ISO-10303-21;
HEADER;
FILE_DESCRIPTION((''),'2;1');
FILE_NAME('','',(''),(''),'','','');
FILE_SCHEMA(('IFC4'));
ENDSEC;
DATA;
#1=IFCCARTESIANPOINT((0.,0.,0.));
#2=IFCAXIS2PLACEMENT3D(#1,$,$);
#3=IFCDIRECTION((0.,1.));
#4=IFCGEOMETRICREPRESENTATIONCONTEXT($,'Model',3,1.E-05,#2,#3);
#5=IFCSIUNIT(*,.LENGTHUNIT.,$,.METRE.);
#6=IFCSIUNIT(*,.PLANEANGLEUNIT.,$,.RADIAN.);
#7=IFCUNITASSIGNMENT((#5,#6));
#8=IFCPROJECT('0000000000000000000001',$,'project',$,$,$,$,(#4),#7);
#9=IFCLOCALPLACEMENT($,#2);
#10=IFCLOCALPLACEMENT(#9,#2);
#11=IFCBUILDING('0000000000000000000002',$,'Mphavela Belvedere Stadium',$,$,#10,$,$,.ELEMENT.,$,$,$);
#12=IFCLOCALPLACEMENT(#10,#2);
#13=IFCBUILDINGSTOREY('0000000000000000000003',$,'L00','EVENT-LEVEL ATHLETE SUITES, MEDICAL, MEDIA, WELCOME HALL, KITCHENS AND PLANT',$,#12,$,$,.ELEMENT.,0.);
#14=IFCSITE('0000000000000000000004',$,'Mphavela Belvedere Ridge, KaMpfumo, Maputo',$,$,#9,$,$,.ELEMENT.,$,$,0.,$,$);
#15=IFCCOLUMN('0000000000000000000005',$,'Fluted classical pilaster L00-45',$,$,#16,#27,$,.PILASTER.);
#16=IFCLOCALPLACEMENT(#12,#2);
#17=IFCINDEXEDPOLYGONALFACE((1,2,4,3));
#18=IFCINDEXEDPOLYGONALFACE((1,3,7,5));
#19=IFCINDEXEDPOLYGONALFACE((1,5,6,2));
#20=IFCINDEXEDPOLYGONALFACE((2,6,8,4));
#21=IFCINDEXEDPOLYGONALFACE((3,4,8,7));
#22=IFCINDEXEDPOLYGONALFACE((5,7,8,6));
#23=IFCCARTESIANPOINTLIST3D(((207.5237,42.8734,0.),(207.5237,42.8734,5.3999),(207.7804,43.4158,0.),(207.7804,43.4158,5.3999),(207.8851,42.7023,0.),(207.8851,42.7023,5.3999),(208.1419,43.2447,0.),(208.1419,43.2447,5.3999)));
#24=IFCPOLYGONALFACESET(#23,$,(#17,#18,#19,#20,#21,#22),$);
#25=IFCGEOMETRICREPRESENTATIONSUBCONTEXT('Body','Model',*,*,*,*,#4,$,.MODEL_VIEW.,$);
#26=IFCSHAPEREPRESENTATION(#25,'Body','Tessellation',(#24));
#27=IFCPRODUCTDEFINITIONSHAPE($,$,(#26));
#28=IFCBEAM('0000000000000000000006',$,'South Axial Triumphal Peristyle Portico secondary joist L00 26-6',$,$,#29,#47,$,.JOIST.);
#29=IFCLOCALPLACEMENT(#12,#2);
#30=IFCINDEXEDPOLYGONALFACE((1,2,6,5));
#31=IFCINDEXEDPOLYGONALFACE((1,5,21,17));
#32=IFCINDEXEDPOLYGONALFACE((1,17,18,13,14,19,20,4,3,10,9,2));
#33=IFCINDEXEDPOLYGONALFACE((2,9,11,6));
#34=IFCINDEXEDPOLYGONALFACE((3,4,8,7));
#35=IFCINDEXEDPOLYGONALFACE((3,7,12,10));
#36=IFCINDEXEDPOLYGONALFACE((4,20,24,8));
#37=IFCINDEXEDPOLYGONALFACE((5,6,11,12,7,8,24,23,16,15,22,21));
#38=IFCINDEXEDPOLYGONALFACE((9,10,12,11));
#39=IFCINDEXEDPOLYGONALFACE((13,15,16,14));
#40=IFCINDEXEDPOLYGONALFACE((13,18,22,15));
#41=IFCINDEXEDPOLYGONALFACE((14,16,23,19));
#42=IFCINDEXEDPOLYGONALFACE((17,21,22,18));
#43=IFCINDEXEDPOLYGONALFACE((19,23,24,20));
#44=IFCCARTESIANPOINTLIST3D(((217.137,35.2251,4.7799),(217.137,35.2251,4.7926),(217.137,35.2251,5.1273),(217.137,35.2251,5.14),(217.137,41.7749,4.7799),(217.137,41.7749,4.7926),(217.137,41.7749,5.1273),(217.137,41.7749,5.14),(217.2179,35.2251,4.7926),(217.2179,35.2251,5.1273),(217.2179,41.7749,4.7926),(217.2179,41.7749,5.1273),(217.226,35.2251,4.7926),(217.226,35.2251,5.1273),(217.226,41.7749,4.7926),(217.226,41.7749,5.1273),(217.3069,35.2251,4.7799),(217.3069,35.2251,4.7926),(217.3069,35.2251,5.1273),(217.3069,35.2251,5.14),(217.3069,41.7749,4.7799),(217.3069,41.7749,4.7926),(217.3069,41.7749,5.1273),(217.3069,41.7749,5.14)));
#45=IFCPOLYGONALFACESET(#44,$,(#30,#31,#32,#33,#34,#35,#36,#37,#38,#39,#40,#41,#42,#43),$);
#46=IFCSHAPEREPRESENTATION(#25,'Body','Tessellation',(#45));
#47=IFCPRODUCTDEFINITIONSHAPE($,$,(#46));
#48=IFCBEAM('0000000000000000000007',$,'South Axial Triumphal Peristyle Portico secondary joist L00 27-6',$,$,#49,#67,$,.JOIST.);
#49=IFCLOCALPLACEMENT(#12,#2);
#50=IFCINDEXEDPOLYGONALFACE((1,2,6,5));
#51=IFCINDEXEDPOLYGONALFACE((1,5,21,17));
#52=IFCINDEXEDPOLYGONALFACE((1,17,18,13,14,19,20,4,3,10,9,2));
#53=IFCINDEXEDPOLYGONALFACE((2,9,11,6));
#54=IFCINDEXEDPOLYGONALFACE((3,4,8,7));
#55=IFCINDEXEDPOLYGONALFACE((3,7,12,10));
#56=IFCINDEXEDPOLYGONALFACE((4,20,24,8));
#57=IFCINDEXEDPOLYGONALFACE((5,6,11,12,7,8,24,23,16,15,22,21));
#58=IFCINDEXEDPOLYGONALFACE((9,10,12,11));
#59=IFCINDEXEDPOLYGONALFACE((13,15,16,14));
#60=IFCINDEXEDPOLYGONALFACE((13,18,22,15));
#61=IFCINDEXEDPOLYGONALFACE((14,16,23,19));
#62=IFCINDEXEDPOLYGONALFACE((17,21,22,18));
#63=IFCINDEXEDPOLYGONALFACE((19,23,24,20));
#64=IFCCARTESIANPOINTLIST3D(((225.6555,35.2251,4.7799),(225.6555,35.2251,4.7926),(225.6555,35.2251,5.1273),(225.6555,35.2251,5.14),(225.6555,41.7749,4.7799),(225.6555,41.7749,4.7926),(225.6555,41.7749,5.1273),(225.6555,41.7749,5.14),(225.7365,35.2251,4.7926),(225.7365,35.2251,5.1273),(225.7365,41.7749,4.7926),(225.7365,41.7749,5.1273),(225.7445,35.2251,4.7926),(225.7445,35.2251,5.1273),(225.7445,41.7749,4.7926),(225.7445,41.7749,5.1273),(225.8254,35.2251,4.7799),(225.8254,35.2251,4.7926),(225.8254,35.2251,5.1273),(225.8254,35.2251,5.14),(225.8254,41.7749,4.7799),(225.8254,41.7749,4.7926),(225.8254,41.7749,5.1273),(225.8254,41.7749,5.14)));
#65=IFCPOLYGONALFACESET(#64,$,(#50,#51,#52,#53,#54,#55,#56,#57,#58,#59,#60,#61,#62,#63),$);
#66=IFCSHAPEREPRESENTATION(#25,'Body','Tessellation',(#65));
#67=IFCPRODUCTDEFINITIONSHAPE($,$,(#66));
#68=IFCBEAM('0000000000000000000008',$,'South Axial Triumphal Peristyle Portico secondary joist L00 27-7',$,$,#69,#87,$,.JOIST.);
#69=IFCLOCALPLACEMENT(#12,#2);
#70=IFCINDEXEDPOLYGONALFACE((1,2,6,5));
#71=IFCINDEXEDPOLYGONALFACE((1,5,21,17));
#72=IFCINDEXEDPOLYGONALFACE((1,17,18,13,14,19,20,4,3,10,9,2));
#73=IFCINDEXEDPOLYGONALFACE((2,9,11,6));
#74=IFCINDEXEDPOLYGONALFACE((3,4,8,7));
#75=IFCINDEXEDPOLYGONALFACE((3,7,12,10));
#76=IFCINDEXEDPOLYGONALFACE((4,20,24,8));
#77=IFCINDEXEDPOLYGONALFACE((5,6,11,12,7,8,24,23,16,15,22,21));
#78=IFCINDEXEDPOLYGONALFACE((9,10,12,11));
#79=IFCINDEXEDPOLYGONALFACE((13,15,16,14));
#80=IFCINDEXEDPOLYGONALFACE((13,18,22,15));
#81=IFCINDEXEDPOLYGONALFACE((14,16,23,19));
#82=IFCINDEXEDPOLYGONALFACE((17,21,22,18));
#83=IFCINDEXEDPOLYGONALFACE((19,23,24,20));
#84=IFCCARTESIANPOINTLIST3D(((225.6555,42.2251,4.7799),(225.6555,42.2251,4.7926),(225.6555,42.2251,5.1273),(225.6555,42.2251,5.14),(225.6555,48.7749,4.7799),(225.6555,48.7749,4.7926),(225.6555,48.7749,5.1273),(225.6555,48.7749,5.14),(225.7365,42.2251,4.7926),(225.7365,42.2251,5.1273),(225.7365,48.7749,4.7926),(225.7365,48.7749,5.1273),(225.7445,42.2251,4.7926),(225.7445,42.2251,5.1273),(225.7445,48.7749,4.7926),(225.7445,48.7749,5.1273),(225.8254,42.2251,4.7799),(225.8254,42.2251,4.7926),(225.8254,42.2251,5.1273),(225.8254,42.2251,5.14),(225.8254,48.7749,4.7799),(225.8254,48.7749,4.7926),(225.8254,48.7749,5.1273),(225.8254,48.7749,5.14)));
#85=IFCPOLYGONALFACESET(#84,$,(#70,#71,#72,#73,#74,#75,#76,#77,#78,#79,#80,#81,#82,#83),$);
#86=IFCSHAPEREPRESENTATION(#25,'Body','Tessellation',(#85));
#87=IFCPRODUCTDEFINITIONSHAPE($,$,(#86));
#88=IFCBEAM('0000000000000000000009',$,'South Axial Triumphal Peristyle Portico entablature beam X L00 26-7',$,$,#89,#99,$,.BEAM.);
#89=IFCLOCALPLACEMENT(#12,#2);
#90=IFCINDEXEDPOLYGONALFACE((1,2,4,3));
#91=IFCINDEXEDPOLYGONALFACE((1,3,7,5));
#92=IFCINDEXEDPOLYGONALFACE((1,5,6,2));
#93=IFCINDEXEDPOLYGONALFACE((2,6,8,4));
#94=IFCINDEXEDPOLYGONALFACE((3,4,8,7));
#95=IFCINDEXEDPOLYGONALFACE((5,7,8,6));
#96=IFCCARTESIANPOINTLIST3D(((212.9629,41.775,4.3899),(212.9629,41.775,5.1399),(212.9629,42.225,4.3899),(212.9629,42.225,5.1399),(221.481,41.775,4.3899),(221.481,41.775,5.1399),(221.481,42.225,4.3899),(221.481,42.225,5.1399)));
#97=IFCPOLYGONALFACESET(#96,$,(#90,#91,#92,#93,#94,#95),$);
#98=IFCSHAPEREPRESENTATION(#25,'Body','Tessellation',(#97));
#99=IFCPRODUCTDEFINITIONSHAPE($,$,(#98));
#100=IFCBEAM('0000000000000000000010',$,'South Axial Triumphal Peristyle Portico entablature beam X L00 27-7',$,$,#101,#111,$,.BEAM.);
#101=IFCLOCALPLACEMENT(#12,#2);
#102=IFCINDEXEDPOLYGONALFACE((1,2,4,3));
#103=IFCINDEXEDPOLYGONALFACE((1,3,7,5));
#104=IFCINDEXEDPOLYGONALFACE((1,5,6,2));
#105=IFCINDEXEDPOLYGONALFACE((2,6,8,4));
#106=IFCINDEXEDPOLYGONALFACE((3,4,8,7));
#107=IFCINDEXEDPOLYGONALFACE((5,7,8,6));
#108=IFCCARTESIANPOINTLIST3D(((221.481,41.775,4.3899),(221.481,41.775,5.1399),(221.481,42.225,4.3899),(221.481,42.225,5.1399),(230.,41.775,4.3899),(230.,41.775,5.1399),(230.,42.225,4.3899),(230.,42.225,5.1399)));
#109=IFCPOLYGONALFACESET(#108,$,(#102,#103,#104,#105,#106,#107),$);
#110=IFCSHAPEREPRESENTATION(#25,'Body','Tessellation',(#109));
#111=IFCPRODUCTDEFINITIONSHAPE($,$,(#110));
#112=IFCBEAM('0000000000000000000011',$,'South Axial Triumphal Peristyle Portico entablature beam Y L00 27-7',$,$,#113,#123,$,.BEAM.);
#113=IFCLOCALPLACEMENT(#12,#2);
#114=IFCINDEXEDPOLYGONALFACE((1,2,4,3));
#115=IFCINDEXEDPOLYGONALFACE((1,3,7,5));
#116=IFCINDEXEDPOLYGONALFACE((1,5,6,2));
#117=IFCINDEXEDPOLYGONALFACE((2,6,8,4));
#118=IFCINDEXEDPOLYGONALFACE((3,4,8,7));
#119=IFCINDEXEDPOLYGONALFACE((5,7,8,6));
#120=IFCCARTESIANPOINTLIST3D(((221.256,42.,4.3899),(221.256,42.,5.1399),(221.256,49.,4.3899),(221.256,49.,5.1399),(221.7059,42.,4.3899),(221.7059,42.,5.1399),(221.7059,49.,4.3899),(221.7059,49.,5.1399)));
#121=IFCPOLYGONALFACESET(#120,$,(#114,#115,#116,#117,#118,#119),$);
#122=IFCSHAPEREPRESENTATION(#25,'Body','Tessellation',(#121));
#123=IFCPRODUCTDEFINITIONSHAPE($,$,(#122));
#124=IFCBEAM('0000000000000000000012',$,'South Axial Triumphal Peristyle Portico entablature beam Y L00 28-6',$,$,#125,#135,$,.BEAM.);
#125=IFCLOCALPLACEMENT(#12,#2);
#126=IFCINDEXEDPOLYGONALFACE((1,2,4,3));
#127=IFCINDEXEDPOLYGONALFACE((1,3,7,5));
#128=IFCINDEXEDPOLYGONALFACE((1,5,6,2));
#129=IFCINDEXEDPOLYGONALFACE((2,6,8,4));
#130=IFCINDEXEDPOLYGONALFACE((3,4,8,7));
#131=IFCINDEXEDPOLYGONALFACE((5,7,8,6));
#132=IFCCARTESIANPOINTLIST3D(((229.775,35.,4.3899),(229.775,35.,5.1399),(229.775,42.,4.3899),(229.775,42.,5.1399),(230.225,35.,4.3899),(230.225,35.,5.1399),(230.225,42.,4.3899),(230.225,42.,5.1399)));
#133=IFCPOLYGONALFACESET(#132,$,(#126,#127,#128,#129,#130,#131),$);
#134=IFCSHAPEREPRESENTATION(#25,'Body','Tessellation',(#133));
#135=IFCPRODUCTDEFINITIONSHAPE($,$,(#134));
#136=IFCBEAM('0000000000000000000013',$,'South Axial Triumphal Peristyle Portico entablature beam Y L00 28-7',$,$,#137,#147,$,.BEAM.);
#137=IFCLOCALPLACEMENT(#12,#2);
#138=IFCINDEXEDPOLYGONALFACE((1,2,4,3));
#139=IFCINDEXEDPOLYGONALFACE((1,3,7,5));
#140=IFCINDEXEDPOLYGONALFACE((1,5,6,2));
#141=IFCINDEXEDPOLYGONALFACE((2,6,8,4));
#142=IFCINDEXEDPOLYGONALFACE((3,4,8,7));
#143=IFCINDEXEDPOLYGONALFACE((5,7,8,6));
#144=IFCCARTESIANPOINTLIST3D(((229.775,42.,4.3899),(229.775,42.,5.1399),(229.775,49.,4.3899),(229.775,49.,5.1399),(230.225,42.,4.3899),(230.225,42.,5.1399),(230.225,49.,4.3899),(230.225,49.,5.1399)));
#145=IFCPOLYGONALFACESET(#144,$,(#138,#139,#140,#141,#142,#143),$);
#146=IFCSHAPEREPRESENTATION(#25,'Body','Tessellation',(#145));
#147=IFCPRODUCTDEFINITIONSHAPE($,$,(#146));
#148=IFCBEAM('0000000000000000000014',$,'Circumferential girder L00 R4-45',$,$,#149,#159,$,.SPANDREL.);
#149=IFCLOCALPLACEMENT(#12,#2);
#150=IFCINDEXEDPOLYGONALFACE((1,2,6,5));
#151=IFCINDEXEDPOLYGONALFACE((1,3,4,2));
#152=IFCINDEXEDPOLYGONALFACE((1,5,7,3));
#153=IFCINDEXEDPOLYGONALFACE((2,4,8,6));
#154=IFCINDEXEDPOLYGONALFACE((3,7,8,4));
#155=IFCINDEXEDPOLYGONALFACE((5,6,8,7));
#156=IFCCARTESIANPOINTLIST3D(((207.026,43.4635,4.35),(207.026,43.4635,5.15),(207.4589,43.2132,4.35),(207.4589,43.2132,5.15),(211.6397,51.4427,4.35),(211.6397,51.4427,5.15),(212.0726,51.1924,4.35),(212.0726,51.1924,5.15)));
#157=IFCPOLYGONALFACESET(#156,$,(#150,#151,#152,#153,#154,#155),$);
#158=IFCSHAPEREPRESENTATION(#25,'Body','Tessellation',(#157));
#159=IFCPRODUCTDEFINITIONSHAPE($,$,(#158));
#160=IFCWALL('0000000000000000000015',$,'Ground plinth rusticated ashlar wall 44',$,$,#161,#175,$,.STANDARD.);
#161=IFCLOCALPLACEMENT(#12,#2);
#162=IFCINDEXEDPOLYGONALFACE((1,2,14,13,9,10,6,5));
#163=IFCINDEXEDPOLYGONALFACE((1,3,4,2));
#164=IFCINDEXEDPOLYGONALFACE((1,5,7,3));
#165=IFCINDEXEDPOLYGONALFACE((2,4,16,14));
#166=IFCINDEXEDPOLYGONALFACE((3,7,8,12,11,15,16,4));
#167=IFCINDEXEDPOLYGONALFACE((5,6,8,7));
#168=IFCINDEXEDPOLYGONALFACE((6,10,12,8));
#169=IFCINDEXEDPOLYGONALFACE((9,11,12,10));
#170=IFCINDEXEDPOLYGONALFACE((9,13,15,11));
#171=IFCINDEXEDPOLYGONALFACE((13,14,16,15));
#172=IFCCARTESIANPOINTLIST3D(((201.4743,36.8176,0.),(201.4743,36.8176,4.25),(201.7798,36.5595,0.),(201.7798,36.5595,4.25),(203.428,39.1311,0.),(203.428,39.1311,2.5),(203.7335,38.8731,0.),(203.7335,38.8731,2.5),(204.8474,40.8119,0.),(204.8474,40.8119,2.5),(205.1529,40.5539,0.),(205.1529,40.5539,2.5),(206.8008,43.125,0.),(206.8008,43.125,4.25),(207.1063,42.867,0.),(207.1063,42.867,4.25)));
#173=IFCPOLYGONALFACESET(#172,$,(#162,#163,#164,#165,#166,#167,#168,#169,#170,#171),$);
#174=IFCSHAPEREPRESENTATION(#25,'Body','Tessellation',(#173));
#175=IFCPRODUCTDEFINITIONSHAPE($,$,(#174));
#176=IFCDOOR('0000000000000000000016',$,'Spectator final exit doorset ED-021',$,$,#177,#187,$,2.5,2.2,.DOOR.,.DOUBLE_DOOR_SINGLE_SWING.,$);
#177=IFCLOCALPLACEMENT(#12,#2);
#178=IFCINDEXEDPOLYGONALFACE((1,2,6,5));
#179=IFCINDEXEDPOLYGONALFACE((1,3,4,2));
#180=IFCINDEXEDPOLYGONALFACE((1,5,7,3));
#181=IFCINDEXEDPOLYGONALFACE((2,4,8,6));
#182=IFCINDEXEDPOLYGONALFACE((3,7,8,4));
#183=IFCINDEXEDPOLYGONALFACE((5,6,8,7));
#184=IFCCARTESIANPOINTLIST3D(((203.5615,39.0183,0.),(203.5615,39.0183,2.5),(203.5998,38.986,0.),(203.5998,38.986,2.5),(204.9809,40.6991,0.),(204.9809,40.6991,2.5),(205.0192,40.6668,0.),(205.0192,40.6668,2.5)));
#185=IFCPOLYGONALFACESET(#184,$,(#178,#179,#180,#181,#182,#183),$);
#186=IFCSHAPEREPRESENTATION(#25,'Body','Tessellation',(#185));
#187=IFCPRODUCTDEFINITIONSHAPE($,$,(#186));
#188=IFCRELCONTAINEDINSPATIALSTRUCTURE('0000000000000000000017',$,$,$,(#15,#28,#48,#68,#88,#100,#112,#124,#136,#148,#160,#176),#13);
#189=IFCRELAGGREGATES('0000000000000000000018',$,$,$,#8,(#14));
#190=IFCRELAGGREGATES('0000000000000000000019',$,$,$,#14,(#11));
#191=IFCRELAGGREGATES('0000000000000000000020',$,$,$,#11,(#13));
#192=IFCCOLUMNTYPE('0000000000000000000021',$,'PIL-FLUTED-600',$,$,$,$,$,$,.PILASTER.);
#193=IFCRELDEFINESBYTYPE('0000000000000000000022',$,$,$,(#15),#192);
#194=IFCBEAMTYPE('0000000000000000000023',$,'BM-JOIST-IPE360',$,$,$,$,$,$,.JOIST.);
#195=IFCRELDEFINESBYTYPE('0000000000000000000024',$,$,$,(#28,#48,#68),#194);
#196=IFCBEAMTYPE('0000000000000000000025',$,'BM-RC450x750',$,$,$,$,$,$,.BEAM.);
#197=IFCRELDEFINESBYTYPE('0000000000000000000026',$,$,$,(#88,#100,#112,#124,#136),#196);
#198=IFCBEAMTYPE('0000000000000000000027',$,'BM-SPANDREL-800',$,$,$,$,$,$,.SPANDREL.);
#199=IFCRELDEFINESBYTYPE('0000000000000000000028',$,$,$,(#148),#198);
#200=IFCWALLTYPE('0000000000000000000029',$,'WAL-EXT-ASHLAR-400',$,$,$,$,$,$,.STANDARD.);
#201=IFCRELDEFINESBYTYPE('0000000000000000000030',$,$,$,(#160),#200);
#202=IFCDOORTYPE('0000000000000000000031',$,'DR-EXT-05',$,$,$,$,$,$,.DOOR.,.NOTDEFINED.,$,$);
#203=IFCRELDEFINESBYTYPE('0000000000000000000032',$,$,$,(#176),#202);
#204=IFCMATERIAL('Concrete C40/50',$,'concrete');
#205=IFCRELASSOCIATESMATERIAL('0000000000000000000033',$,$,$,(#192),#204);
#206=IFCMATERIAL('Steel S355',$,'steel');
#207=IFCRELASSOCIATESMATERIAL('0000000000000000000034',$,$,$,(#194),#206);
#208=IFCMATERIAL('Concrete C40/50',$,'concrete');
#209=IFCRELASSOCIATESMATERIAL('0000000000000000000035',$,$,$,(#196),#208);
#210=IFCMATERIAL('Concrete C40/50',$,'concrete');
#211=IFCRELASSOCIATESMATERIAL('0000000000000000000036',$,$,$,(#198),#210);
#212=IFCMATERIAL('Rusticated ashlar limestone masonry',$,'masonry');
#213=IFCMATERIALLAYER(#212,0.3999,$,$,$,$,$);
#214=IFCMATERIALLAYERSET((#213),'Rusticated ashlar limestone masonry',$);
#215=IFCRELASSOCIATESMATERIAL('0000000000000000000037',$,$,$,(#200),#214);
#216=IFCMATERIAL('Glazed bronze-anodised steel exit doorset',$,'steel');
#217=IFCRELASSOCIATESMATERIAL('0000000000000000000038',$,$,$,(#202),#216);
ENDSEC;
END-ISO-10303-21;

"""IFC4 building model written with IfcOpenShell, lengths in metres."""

from ifc_helpers import new_model, si_unit, direction, frame, frame_2d, origin, origin_2d, place, context, subcontext, project, spatial, rectangle, i_section, extrude, material, layer, layer_set, material_profile, profile_set, type_object, element, fill, save


model = new_model("IFC4")

# Units and contexts
model_context = context("Model", 3, precision=1e-05, world=origin(), true_north=direction((0.0, 1.0)))
body_context = subcontext(model_context, "Body", "Model", "MODEL_VIEW")
ifc_project = project(units=[si_unit("LENGTHUNIT", "METRE"), si_unit("PLANEANGLEUNIT", "RADIAN")], contexts=[model_context])

# Site, building, storey
site_placement = place(None, origin())
site = spatial("IfcSite", under=ifc_project, at=site_placement, Name="Mphavela Belvedere Ridge, KaMpfumo, Maputo", CompositionType="ELEMENT", RefElevation=0.0)
building_placement = place(site_placement, origin())
building = spatial("IfcBuilding", under=site, at=building_placement, Name="Mphavela Belvedere Stadium", CompositionType="ELEMENT")
storey_placement = place(building_placement, origin())
storey = spatial("IfcBuildingStorey", under=building, at=storey_placement, Name="L00", Description="EVENT-LEVEL ATHLETE SUITES, MEDICAL, MEDIA, WELCOME HALL, KITCHENS AND PLANT", CompositionType="ELEMENT", Elevation=0.0)

# Column
ifc_material_1 = material(Name="Concrete C40/50", Category="concrete")
ifc_material_profile_1 = material_profile(ifc_material_1, rectangle(XDim=0.6001, YDim=0.3999, at=origin_2d()), Name="PIL 600x400")
ifc_profile_set_1 = profile_set([ifc_material_profile_1], Name="Concrete C40/50")
column_type_1 = type_object("IfcColumnType", Name="PIL-FLUTED-600", PredefinedType="PILASTER", material=ifc_profile_set_1)
column_1_placement = place(storey_placement, frame((207.8328, 43.0591, 0.0), z_axis=(0.0, 0.0, 1.0), x_axis=(0.427831, 0.903859, 0.0)))
element("IfcColumn", 1, at=column_1_placement, inside=storey, type_object=column_type_1, Name="Fluted classical pilaster L00-45", PredefinedType="PILASTER", context=body_context, shape_type="SweptSolid", body=[
    extrude(rectangle(XDim=0.6001, YDim=0.3999, at=origin_2d()), origin(), (0.0, 0.0, 1.0), 5.3999),
])

# Beams
ifc_material_2 = material(Name="Steel S355", Category="steel")
ifc_material_profile_2 = material_profile(ifc_material_2, i_section(OverallWidth=0.1699, OverallDepth=0.3601, WebThickness=0.0081, FlangeThickness=0.0127, at=origin_2d()), Name="IPE 360")
ifc_profile_set_2 = profile_set([ifc_material_profile_2], Name="Steel S355")
beam_type_1 = type_object("IfcBeamType", Name="BM-JOIST-IPE360", PredefinedType="JOIST", material=ifc_profile_set_2)
for number, where, z_axis, x_axis, name in (
    (2, (217.2219, 35.2251, 4.96), (0.0, 1.0, 0.0), (-1.0, 0.0, 0.0), "South Axial Triumphal Peristyle Portico secondary joist L00 26-6"),
    (3, (225.7405, 35.2251, 4.96), (0.0, 1.0, 0.0), (-1.0, 0.0, 0.0), "South Axial Triumphal Peristyle Portico secondary joist L00 27-6"),
    (4, (225.7405, 42.2251, 4.96), (0.0, 1.0, 0.0), (-1.0, 0.0, 0.0), "South Axial Triumphal Peristyle Portico secondary joist L00 27-7"),
):
    element("IfcBeam", number, at=place(storey_placement, frame(where, z_axis=z_axis, x_axis=x_axis)), inside=storey, type_object=beam_type_1, Name=name, PredefinedType="JOIST", context=body_context, shape_type="SweptSolid", body=[
        extrude(i_section(OverallWidth=0.1699, OverallDepth=0.3601, WebThickness=0.0081, FlangeThickness=0.0127, at=origin_2d()), origin(), (0.0, 0.0, 1.0), 6.5498),
    ])
ifc_material_3 = material(Name="Concrete C40/50", Category="concrete")
ifc_material_profile_3 = material_profile(ifc_material_3, rectangle(XDim=0.45, YDim=0.75, at=origin_2d()), Name="RC 450x750")
ifc_profile_set_3 = profile_set([ifc_material_profile_3], Name="Concrete C40/50")
beam_type_2 = type_object("IfcBeamType", Name="BM-RC450x750", PredefinedType="BEAM", material=ifc_profile_set_3)
beam_1_placement = place(storey_placement, frame((212.9629, 42.0, 4.7649), z_axis=(1.0, 0.0, 0.0), x_axis=(0.0, 1.0, 0.0)))
element("IfcBeam", 5, at=beam_1_placement, inside=storey, type_object=beam_type_2, Name="South Axial Triumphal Peristyle Portico entablature beam X L00 26-7", PredefinedType="BEAM", context=body_context, shape_type="SweptSolid", body=[
    extrude(rectangle(XDim=0.45, YDim=0.75, at=origin_2d()), origin(), (0.0, 0.0, 1.0), 8.5181),
])
beam_2_placement = place(storey_placement, frame((221.481, 42.0, 4.7649), z_axis=(1.0, 0.0, 0.0), x_axis=(0.0, 1.0, 0.0)))
element("IfcBeam", 6, at=beam_2_placement, inside=storey, type_object=beam_type_2, Name="South Axial Triumphal Peristyle Portico entablature beam X L00 27-7", PredefinedType="BEAM", context=body_context, shape_type="SweptSolid", body=[
    extrude(rectangle(XDim=0.45, YDim=0.75, at=origin_2d()), origin(), (0.0, 0.0, 1.0), 8.519),
])
for number, where, z_axis, x_axis, name in (
    (7, (221.481, 42.0, 4.7649), (0.0, 1.0, 0.0), (-1.0, 0.0, 0.0), "South Axial Triumphal Peristyle Portico entablature beam Y L00 27-7"),
    (8, (230.0, 35.0, 4.7649), (0.0, 1.0, 0.0), (-1.0, 0.0, 0.0), "South Axial Triumphal Peristyle Portico entablature beam Y L00 28-6"),
    (9, (230.0, 42.0, 4.7649), (0.0, 1.0, 0.0), (-1.0, 0.0, 0.0), "South Axial Triumphal Peristyle Portico entablature beam Y L00 28-7"),
):
    element("IfcBeam", number, at=place(storey_placement, frame(where, z_axis=z_axis, x_axis=x_axis)), inside=storey, type_object=beam_type_2, Name=name, PredefinedType="BEAM", context=body_context, shape_type="SweptSolid", body=[
        extrude(rectangle(XDim=0.45, YDim=0.75, at=origin_2d()), origin(), (0.0, 0.0, 1.0), 7.0),
    ])
ifc_material_4 = material(Name="Concrete C40/50", Category="concrete")
ifc_material_profile_4 = material_profile(ifc_material_4, rectangle(XDim=0.5, YDim=0.8, at=origin_2d()), Name="RC 500x800")
ifc_profile_set_4 = profile_set([ifc_material_profile_4], Name="Concrete C40/50")
beam_type_3 = type_object("IfcBeamType", Name="BM-SPANDREL-800", PredefinedType="SPANDREL", material=ifc_profile_set_4)
beam_3_placement = place(storey_placement, frame((207.2424, 43.3384, 4.75), z_axis=(0.500565, 0.865699, 0.0), x_axis=(-0.865699, 0.500565, 0.0)))
element("IfcBeam", 10, at=beam_3_placement, inside=storey, type_object=beam_type_3, Name="Circumferential girder L00 R4-45", PredefinedType="SPANDREL", context=body_context, shape_type="SweptSolid", body=[
    extrude(rectangle(XDim=0.5, YDim=0.8, at=origin_2d()), origin(), (0.0, 0.0, 1.0), 9.217),
])

# Wall, opening, door
ifc_material_5 = material(Name="Rusticated ashlar limestone masonry", Category="masonry")
ifc_layer_1 = layer(ifc_material_5, 0.3999)
ifc_layer_set_1 = layer_set([ifc_layer_1], Name="Rusticated ashlar limestone masonry")
wall_type_1 = type_object("IfcWallType", Name="WAL-EXT-ASHLAR-400", PredefinedType="STANDARD", material=ifc_layer_set_1)
wall_1_placement = place(storey_placement, frame((206.9536, 42.9961, 0.0), z_axis=(0.0, 0.0, 1.0), x_axis=(-0.645194, -0.764019, 0.0)))
wall_1 = element("IfcWall", 11, at=wall_1_placement, inside=storey, type_object=wall_type_1, Name="Ground plinth rusticated ashlar wall 44", PredefinedType="STANDARD", context=body_context, shape_type="SweptSolid", body=[
    extrude(rectangle(XDim=8.2556, YDim=0.3999, at=frame_2d((4.1279, 0.0))), origin(), (0.0, 0.0, 1.0), 4.25),
])
opening_placement = place(wall_1_placement, frame((3.0276, 0.0, 0.0)))
opening = element("IfcOpeningElement", 12, at=opening_placement, cuts=wall_1, PredefinedType="OPENING", context=body_context, shape_type="SweptSolid", body=[
    extrude(rectangle(XDim=2.2, YDim=2.5, at=frame_2d((1.1001, 1.25))), frame((0.0, 0.21, 0.0), z_axis=(0.0, -1.0, 0.0), x_axis=(1.0, 0.0, 0.0)), (0.0, 0.0, 1.0), 0.4199),
])
ifc_material_6 = material(Name="Glazed bronze-anodised steel exit doorset", Category="steel")
door_type = type_object("IfcDoorType", Name="DR-EXT-05", OperationType="NOTDEFINED", PredefinedType="DOOR", material=ifc_material_6)
door_placement = place(opening_placement, origin())
door = element("IfcDoor", 13, at=door_placement, inside=storey, type_object=door_type, Name="Spectator final exit doorset ED-021", OperationType="DOUBLE_DOOR_SINGLE_SWING", OverallHeight=2.5, OverallWidth=2.2, PredefinedType="DOOR", context=body_context, shape_type="SweptSolid", body=[
    extrude(rectangle(XDim=2.2, YDim=2.5, at=frame_2d((1.1001, 1.25))), frame((0.0, 0.0249, 0.0), z_axis=(0.0, -1.0, 0.0), x_axis=(1.0, 0.0, 0.0)), (0.0, 0.0, 1.0), 0.05),
])
fill(opening, door)

save(model, "model.ifc")
